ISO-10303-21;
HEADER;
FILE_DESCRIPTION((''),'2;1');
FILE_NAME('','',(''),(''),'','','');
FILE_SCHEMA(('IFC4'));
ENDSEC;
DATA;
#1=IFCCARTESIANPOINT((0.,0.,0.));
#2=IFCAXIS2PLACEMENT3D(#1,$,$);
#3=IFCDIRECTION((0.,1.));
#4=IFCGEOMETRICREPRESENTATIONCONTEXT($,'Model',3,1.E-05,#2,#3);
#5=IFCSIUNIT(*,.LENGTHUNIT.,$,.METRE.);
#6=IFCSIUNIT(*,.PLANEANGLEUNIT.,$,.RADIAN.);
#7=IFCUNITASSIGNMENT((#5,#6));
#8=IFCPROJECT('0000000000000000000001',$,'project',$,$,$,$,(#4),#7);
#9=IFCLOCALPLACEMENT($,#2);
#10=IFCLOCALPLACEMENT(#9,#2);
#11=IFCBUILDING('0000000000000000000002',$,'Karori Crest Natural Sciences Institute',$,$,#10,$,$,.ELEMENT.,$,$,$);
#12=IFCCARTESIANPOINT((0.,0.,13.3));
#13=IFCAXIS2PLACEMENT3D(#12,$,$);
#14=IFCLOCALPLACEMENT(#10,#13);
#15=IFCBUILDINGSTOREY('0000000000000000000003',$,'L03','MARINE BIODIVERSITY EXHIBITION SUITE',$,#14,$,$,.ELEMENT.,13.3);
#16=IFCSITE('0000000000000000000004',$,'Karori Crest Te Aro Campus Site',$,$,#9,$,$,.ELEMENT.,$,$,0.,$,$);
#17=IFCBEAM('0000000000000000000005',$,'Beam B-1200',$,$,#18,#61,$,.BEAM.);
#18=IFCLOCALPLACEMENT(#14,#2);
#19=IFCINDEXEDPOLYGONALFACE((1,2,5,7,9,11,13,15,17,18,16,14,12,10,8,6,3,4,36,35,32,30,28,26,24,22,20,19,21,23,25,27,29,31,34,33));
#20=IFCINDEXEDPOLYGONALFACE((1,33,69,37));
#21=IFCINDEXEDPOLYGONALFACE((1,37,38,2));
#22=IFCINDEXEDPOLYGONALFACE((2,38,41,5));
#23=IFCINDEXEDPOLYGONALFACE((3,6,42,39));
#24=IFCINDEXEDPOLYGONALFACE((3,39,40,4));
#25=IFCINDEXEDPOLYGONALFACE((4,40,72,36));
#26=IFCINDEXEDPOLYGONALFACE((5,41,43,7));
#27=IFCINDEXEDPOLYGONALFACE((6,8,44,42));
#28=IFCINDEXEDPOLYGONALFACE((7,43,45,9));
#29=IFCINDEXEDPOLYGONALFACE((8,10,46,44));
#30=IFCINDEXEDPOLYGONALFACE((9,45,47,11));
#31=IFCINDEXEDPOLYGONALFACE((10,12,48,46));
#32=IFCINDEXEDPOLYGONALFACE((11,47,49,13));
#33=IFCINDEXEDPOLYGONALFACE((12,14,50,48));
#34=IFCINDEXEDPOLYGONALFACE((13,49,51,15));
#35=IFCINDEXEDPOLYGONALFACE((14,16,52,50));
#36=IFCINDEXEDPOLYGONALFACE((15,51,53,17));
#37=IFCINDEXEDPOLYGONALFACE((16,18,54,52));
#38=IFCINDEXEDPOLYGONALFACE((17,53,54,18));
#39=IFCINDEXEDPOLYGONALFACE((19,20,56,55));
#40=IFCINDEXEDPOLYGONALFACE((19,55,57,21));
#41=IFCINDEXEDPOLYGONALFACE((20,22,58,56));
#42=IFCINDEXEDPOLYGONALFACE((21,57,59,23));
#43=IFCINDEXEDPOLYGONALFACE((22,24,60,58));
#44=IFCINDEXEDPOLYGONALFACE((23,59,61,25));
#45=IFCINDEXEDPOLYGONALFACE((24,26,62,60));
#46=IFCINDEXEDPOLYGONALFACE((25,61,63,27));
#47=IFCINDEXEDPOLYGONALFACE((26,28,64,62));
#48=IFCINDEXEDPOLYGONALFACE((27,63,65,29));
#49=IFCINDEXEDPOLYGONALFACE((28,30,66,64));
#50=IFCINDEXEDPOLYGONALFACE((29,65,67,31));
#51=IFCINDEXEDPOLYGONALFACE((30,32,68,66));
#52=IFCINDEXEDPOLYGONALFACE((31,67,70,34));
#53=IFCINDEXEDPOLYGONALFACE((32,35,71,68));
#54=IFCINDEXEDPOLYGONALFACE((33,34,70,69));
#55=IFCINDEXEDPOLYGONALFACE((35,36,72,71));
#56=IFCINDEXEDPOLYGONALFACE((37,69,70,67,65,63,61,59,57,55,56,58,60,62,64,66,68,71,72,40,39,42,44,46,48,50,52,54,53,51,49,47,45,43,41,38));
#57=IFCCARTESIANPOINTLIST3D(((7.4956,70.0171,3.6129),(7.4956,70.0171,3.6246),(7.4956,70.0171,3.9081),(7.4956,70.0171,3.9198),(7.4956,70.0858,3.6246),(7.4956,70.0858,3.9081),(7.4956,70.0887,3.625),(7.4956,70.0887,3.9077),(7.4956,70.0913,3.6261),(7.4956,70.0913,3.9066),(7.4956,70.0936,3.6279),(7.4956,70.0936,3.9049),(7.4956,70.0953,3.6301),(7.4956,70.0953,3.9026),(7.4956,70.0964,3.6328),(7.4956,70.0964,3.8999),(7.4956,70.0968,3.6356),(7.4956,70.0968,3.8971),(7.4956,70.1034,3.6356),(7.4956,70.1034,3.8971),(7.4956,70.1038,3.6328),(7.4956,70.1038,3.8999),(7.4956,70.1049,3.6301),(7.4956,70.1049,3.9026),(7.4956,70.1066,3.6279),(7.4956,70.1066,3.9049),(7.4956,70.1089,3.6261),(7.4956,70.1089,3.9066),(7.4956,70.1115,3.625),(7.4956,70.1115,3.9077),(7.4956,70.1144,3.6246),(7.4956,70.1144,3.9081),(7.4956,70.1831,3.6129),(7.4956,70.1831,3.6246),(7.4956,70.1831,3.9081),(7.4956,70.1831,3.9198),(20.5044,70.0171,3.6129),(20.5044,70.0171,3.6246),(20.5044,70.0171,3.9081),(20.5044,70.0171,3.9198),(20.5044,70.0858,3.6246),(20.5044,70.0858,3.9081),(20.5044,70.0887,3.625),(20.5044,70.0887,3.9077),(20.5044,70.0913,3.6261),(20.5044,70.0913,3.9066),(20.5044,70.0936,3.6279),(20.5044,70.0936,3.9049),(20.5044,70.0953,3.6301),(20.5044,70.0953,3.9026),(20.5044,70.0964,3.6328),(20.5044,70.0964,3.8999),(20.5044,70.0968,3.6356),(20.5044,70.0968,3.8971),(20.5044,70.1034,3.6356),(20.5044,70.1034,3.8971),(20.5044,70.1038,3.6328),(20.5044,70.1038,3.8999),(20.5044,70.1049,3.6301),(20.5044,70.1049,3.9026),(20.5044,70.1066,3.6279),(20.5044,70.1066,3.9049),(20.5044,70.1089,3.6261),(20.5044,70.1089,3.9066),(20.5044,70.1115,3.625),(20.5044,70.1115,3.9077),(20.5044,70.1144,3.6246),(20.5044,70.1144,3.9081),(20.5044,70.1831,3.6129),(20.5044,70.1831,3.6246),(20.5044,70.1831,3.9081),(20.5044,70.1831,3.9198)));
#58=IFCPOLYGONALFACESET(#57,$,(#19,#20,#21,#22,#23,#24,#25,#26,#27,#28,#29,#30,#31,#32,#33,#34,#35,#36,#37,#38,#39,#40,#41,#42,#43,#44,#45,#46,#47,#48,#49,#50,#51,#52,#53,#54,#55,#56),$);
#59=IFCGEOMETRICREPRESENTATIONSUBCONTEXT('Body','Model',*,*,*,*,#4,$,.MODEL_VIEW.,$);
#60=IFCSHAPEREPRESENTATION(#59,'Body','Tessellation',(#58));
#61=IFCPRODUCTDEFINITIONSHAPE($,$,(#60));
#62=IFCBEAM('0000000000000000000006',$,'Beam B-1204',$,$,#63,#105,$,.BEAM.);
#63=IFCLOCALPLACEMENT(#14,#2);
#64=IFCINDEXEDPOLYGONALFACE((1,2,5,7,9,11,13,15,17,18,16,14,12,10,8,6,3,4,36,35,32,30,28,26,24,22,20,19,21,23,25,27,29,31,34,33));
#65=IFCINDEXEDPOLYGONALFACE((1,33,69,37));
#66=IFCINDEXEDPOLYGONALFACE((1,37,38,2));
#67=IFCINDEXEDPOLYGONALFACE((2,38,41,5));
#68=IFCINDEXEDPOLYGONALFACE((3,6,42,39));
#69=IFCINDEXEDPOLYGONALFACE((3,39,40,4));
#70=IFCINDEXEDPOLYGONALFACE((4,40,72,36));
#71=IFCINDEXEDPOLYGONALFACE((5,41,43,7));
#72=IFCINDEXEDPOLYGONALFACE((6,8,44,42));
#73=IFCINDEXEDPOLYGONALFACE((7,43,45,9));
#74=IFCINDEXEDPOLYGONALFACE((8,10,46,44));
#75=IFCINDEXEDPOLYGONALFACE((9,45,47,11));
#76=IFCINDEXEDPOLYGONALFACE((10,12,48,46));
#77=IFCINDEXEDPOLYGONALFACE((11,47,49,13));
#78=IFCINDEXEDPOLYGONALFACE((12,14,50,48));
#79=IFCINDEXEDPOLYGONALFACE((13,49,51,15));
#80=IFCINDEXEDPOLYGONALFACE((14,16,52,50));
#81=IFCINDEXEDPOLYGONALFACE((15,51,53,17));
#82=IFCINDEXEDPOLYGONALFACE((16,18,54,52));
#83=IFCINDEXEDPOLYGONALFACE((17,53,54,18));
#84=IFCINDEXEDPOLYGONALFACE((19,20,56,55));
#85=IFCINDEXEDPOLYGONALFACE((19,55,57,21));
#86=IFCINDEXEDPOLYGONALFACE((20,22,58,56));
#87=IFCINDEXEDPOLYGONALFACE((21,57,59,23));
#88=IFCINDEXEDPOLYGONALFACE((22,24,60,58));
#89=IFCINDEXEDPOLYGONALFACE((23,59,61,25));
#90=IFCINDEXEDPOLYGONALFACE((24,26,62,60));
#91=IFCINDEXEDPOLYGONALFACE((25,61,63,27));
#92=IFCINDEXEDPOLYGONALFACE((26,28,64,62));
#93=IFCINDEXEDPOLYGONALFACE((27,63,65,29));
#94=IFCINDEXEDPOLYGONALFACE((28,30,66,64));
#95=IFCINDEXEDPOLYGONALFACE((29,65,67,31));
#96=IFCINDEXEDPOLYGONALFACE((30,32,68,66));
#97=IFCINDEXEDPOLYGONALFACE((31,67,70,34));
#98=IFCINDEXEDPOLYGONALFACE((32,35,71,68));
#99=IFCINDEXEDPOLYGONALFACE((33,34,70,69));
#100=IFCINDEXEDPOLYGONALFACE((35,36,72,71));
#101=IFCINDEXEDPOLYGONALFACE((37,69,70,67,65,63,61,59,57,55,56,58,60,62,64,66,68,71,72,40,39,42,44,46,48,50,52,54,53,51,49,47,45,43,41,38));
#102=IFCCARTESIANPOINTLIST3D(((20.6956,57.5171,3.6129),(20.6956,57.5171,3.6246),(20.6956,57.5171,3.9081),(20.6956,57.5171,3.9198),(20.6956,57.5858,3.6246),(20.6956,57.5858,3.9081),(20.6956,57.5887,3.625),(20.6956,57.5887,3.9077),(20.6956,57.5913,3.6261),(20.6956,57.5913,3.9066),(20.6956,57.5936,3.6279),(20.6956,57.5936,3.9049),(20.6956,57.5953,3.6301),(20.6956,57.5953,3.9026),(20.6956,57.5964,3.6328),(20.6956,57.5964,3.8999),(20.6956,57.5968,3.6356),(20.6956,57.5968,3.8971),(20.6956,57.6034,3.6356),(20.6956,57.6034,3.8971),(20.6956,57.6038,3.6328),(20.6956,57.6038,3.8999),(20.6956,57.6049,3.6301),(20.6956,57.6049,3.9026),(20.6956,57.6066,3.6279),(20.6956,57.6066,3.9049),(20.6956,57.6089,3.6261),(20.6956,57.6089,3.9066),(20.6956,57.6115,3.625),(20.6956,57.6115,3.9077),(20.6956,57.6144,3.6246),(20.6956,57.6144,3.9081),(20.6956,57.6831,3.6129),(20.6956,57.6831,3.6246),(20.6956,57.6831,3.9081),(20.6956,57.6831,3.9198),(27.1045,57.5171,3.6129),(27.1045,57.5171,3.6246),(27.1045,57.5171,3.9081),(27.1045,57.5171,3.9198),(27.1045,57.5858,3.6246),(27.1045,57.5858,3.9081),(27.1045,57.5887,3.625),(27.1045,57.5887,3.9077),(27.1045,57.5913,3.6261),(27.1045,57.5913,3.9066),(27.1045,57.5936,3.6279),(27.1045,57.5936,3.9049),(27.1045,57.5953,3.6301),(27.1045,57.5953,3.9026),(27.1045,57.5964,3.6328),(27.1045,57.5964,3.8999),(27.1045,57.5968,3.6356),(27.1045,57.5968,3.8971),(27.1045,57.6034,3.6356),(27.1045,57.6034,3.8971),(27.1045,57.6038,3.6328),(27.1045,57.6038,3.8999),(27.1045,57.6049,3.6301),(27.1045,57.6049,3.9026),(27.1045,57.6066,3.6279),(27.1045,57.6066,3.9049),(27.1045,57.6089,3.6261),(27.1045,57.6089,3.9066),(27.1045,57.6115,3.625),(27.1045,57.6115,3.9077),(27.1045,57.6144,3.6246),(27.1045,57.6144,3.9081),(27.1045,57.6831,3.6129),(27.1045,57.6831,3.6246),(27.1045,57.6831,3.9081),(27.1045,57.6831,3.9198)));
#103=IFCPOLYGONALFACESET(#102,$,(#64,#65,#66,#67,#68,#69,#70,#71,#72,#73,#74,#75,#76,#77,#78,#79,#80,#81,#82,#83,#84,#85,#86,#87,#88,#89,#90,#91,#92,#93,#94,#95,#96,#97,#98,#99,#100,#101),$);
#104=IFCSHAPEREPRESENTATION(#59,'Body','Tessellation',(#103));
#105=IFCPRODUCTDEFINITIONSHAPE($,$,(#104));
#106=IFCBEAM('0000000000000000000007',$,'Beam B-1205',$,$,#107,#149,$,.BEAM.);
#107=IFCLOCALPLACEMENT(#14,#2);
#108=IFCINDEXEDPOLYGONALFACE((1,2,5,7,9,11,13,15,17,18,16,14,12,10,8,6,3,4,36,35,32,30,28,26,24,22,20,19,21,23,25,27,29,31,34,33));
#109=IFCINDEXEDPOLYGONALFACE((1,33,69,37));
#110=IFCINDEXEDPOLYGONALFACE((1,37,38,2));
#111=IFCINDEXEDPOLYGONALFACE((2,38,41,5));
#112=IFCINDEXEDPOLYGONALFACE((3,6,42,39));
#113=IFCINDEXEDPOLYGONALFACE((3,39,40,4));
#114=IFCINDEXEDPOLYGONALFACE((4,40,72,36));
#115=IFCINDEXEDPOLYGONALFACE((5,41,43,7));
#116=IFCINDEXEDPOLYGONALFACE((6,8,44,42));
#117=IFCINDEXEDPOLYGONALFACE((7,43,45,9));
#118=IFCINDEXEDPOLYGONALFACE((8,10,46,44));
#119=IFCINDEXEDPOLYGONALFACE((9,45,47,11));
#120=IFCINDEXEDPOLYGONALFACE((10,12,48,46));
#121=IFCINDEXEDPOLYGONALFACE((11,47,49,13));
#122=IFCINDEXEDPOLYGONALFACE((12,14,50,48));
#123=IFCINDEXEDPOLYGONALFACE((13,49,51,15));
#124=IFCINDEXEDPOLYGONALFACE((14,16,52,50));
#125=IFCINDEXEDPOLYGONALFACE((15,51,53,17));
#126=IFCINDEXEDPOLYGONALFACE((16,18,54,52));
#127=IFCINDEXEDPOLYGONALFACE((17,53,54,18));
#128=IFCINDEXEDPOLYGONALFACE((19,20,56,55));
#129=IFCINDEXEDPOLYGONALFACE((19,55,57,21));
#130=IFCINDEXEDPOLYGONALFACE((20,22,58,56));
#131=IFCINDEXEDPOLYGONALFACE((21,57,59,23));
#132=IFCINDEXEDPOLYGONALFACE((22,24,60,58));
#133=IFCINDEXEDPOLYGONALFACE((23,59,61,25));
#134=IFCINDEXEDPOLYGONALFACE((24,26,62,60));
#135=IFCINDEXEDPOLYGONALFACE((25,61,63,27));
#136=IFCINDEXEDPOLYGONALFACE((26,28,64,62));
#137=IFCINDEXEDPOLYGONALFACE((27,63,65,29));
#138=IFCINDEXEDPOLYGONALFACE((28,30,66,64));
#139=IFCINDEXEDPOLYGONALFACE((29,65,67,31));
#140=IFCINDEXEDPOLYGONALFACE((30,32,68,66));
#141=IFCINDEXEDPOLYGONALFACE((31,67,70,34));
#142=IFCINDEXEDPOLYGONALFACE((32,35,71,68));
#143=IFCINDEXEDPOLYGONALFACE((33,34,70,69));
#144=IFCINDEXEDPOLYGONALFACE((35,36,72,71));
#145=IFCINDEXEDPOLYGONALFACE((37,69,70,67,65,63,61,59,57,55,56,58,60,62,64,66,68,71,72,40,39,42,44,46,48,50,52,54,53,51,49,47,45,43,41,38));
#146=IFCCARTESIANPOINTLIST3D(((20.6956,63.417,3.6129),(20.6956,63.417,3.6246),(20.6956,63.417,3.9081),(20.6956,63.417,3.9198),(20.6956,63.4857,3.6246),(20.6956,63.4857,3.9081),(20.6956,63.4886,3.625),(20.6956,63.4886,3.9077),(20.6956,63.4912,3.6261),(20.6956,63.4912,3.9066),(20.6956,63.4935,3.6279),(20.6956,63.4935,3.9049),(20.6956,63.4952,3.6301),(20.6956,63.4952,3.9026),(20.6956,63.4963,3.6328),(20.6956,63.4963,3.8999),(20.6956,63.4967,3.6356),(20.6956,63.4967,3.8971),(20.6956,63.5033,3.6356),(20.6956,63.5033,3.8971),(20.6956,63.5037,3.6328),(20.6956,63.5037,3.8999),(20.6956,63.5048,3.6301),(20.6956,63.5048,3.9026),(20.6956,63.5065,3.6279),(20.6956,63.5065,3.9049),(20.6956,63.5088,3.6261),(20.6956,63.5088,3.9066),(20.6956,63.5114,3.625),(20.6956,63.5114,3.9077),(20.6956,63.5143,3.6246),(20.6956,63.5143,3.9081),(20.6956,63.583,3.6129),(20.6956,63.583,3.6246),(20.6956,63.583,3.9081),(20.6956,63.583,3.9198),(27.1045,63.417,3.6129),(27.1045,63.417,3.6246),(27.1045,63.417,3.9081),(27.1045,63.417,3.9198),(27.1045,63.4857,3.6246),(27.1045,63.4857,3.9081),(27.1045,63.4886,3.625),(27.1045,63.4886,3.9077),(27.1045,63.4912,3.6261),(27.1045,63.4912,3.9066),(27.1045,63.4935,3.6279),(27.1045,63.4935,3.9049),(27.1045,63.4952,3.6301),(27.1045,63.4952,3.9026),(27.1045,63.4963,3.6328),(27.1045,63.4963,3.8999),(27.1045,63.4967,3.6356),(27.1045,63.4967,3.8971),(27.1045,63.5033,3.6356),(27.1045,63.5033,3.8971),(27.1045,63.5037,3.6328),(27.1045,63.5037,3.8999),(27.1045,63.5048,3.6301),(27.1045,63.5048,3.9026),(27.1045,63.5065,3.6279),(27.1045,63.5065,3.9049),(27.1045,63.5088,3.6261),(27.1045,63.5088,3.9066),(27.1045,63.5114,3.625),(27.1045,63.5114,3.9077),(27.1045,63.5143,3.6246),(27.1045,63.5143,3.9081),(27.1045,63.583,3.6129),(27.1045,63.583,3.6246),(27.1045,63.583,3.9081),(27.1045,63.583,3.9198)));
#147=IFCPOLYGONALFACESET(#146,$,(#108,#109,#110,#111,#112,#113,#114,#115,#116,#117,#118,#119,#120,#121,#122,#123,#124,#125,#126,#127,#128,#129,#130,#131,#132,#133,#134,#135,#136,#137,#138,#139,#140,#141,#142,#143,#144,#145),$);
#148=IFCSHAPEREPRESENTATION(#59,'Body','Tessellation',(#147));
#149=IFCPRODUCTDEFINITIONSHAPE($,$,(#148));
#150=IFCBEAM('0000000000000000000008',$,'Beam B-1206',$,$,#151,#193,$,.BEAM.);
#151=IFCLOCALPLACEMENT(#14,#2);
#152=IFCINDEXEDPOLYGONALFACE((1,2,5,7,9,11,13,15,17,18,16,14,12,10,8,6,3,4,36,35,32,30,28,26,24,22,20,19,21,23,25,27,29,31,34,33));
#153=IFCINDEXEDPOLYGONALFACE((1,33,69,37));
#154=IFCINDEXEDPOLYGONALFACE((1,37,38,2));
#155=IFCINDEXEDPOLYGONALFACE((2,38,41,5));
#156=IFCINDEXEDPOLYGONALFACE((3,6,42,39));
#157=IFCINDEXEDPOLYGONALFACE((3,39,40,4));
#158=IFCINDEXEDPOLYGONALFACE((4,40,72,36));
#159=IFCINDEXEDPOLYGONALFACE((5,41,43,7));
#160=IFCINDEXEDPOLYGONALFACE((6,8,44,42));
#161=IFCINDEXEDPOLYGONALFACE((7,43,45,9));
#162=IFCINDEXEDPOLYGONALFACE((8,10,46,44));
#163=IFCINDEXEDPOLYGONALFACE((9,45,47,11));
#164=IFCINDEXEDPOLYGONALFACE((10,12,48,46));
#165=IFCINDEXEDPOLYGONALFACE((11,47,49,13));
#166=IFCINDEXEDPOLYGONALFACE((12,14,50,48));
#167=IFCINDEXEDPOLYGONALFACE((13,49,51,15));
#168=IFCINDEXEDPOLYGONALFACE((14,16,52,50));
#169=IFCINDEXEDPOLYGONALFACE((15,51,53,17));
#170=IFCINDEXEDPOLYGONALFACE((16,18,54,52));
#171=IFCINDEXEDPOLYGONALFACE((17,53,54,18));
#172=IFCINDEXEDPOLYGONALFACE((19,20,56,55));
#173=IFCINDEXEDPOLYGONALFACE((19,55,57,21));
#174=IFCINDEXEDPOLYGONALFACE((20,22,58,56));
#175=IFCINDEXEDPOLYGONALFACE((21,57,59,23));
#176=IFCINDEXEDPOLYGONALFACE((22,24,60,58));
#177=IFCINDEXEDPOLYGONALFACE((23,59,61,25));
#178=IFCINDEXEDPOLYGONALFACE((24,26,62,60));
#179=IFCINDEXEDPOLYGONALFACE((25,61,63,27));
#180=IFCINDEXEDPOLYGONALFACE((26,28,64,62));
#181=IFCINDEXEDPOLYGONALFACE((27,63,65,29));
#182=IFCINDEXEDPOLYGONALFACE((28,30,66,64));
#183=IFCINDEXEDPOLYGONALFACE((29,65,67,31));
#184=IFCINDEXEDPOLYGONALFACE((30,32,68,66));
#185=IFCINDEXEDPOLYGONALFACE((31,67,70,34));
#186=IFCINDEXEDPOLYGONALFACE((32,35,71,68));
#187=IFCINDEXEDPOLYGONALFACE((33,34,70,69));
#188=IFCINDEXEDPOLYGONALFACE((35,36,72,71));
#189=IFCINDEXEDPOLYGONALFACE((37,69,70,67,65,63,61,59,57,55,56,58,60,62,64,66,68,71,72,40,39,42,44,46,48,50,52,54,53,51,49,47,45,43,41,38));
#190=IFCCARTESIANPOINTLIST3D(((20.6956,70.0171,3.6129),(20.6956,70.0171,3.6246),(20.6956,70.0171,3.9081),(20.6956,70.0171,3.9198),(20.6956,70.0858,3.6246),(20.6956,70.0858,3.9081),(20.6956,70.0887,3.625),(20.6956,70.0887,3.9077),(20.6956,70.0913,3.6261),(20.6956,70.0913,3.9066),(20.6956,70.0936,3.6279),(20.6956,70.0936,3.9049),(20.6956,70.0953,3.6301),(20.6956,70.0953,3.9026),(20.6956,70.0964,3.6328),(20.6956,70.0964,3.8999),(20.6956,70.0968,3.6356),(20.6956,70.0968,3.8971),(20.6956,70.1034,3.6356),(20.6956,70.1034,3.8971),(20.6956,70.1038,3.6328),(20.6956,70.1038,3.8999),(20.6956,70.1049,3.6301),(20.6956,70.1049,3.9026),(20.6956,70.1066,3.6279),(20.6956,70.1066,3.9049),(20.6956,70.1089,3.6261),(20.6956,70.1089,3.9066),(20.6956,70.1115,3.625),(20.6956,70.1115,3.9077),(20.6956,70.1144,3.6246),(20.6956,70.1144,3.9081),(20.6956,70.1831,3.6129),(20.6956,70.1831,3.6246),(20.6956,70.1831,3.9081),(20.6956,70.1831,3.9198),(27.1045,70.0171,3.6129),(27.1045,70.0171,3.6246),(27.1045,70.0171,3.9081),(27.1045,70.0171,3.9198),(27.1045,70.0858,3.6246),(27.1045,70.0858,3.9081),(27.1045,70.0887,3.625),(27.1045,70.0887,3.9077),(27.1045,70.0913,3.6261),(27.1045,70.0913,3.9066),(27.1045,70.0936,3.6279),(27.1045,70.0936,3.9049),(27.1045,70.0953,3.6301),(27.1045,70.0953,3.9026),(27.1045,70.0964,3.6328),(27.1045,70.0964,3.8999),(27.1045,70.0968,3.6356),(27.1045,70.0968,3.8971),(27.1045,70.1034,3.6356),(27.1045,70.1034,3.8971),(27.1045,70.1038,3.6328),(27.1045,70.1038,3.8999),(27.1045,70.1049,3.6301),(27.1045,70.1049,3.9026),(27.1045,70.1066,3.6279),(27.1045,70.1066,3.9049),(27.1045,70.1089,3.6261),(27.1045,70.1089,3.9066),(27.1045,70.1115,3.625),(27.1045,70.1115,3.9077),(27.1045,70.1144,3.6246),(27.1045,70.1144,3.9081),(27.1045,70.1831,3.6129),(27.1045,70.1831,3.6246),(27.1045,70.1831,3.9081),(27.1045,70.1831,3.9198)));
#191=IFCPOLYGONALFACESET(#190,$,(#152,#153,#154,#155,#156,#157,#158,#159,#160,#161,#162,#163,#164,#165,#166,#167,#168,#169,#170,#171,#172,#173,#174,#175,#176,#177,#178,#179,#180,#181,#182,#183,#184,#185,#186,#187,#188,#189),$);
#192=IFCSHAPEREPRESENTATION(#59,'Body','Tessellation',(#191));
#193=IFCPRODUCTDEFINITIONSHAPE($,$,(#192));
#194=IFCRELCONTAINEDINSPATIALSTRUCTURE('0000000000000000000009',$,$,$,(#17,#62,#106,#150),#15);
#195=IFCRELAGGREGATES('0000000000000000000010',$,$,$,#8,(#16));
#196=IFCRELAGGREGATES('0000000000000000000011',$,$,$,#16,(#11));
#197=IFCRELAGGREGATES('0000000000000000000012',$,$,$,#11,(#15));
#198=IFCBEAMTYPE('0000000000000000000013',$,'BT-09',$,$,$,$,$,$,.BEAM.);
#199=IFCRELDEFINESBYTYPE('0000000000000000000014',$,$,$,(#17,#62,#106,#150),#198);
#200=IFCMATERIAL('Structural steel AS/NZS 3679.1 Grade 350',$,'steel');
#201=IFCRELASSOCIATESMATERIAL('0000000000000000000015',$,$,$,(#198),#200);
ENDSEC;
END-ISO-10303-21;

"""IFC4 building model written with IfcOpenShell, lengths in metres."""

from ifc_helpers import new_model, si_unit, direction, frame, origin, origin_2d, place, context, subcontext, project, spatial, i_section, extrude, material, material_profile, profile_set, type_object, element, save


model = new_model("IFC4")

# Units and contexts
model_context = context("Model", 3, precision=1e-05, world=origin(), true_north=direction((0.0, 1.0)))
body_context = subcontext(model_context, "Body", "Model", "MODEL_VIEW")
ifc_project = project(units=[si_unit("LENGTHUNIT", "METRE"), si_unit("PLANEANGLEUNIT", "RADIAN")], contexts=[model_context])

# Site, building, storey
site_placement = place(None, origin())
site = spatial("IfcSite", under=ifc_project, at=site_placement, Name="Karori Crest Te Aro Campus Site", CompositionType="ELEMENT", RefElevation=0.0)
building_placement = place(site_placement, origin())
building = spatial("IfcBuilding", under=site, at=building_placement, Name="Karori Crest Natural Sciences Institute", CompositionType="ELEMENT")
storey_placement = place(building_placement, frame((0.0, 0.0, 13.3)))
storey = spatial("IfcBuildingStorey", under=building, at=storey_placement, Name="L03", Description="MARINE BIODIVERSITY EXHIBITION SUITE", CompositionType="ELEMENT", Elevation=13.3)

# Shared definitions
ifc_material_1 = material(Name="Structural steel AS/NZS 3679.1 Grade 350", Category="steel")

# Beams
ifc_material_profile_1 = material_profile(ifc_material_1, i_section(OverallWidth=0.166, OverallDepth=0.3069, WebThickness=0.0066, FlangeThickness=0.0117, FilletRadius=0.011, at=origin_2d()), Name="310UB46.2")
ifc_profile_set_1 = profile_set([ifc_material_profile_1], Name="Structural steel AS/NZS 3679.1 Grade 350")
beam_type_1 = type_object("IfcBeamType", Name="BT-09", PredefinedType="BEAM", material=ifc_profile_set_1)
for number, where, z_axis, x_axis, name in (
    (1, (7.4956, 70.1001, 3.7664), (1.0, 0.0, 0.0), (0.0, 1.0, 0.0), "Beam B-1200"),
):
    element("IfcBeam", number, at=place(storey_placement, frame(where, z_axis=z_axis, x_axis=x_axis)), inside=storey, type_object=beam_type_1, Name=name, PredefinedType="BEAM", context=body_context, shape_type="SweptSolid", body=[
        extrude(i_section(OverallWidth=0.166, OverallDepth=0.3069, WebThickness=0.0066, FlangeThickness=0.0117, FilletRadius=0.011, at=origin_2d()), origin(), (0.0, 0.0, 1.0), 13.0088),
    ])
for number, where, z_axis, x_axis, name in (
    (2, (20.6956, 57.6001, 3.7664), (1.0, 0.0, 0.0), (0.0, 1.0, 0.0), "Beam B-1204"),
    (3, (20.6956, 63.5, 3.7664), (1.0, 0.0, 0.0), (0.0, 1.0, 0.0), "Beam B-1205"),
    (4, (20.6956, 70.1001, 3.7664), (1.0, 0.0, 0.0), (0.0, 1.0, 0.0), "Beam B-1206"),
):
    element("IfcBeam", number, at=place(storey_placement, frame(where, z_axis=z_axis, x_axis=x_axis)), inside=storey, type_object=beam_type_1, Name=name, PredefinedType="BEAM", context=body_context, shape_type="SweptSolid", body=[
        extrude(i_section(OverallWidth=0.166, OverallDepth=0.3069, WebThickness=0.0066, FlangeThickness=0.0117, FilletRadius=0.011, at=origin_2d()), origin(), (0.0, 0.0, 1.0), 6.4089),
    ])

save(model, "model.ifc")
